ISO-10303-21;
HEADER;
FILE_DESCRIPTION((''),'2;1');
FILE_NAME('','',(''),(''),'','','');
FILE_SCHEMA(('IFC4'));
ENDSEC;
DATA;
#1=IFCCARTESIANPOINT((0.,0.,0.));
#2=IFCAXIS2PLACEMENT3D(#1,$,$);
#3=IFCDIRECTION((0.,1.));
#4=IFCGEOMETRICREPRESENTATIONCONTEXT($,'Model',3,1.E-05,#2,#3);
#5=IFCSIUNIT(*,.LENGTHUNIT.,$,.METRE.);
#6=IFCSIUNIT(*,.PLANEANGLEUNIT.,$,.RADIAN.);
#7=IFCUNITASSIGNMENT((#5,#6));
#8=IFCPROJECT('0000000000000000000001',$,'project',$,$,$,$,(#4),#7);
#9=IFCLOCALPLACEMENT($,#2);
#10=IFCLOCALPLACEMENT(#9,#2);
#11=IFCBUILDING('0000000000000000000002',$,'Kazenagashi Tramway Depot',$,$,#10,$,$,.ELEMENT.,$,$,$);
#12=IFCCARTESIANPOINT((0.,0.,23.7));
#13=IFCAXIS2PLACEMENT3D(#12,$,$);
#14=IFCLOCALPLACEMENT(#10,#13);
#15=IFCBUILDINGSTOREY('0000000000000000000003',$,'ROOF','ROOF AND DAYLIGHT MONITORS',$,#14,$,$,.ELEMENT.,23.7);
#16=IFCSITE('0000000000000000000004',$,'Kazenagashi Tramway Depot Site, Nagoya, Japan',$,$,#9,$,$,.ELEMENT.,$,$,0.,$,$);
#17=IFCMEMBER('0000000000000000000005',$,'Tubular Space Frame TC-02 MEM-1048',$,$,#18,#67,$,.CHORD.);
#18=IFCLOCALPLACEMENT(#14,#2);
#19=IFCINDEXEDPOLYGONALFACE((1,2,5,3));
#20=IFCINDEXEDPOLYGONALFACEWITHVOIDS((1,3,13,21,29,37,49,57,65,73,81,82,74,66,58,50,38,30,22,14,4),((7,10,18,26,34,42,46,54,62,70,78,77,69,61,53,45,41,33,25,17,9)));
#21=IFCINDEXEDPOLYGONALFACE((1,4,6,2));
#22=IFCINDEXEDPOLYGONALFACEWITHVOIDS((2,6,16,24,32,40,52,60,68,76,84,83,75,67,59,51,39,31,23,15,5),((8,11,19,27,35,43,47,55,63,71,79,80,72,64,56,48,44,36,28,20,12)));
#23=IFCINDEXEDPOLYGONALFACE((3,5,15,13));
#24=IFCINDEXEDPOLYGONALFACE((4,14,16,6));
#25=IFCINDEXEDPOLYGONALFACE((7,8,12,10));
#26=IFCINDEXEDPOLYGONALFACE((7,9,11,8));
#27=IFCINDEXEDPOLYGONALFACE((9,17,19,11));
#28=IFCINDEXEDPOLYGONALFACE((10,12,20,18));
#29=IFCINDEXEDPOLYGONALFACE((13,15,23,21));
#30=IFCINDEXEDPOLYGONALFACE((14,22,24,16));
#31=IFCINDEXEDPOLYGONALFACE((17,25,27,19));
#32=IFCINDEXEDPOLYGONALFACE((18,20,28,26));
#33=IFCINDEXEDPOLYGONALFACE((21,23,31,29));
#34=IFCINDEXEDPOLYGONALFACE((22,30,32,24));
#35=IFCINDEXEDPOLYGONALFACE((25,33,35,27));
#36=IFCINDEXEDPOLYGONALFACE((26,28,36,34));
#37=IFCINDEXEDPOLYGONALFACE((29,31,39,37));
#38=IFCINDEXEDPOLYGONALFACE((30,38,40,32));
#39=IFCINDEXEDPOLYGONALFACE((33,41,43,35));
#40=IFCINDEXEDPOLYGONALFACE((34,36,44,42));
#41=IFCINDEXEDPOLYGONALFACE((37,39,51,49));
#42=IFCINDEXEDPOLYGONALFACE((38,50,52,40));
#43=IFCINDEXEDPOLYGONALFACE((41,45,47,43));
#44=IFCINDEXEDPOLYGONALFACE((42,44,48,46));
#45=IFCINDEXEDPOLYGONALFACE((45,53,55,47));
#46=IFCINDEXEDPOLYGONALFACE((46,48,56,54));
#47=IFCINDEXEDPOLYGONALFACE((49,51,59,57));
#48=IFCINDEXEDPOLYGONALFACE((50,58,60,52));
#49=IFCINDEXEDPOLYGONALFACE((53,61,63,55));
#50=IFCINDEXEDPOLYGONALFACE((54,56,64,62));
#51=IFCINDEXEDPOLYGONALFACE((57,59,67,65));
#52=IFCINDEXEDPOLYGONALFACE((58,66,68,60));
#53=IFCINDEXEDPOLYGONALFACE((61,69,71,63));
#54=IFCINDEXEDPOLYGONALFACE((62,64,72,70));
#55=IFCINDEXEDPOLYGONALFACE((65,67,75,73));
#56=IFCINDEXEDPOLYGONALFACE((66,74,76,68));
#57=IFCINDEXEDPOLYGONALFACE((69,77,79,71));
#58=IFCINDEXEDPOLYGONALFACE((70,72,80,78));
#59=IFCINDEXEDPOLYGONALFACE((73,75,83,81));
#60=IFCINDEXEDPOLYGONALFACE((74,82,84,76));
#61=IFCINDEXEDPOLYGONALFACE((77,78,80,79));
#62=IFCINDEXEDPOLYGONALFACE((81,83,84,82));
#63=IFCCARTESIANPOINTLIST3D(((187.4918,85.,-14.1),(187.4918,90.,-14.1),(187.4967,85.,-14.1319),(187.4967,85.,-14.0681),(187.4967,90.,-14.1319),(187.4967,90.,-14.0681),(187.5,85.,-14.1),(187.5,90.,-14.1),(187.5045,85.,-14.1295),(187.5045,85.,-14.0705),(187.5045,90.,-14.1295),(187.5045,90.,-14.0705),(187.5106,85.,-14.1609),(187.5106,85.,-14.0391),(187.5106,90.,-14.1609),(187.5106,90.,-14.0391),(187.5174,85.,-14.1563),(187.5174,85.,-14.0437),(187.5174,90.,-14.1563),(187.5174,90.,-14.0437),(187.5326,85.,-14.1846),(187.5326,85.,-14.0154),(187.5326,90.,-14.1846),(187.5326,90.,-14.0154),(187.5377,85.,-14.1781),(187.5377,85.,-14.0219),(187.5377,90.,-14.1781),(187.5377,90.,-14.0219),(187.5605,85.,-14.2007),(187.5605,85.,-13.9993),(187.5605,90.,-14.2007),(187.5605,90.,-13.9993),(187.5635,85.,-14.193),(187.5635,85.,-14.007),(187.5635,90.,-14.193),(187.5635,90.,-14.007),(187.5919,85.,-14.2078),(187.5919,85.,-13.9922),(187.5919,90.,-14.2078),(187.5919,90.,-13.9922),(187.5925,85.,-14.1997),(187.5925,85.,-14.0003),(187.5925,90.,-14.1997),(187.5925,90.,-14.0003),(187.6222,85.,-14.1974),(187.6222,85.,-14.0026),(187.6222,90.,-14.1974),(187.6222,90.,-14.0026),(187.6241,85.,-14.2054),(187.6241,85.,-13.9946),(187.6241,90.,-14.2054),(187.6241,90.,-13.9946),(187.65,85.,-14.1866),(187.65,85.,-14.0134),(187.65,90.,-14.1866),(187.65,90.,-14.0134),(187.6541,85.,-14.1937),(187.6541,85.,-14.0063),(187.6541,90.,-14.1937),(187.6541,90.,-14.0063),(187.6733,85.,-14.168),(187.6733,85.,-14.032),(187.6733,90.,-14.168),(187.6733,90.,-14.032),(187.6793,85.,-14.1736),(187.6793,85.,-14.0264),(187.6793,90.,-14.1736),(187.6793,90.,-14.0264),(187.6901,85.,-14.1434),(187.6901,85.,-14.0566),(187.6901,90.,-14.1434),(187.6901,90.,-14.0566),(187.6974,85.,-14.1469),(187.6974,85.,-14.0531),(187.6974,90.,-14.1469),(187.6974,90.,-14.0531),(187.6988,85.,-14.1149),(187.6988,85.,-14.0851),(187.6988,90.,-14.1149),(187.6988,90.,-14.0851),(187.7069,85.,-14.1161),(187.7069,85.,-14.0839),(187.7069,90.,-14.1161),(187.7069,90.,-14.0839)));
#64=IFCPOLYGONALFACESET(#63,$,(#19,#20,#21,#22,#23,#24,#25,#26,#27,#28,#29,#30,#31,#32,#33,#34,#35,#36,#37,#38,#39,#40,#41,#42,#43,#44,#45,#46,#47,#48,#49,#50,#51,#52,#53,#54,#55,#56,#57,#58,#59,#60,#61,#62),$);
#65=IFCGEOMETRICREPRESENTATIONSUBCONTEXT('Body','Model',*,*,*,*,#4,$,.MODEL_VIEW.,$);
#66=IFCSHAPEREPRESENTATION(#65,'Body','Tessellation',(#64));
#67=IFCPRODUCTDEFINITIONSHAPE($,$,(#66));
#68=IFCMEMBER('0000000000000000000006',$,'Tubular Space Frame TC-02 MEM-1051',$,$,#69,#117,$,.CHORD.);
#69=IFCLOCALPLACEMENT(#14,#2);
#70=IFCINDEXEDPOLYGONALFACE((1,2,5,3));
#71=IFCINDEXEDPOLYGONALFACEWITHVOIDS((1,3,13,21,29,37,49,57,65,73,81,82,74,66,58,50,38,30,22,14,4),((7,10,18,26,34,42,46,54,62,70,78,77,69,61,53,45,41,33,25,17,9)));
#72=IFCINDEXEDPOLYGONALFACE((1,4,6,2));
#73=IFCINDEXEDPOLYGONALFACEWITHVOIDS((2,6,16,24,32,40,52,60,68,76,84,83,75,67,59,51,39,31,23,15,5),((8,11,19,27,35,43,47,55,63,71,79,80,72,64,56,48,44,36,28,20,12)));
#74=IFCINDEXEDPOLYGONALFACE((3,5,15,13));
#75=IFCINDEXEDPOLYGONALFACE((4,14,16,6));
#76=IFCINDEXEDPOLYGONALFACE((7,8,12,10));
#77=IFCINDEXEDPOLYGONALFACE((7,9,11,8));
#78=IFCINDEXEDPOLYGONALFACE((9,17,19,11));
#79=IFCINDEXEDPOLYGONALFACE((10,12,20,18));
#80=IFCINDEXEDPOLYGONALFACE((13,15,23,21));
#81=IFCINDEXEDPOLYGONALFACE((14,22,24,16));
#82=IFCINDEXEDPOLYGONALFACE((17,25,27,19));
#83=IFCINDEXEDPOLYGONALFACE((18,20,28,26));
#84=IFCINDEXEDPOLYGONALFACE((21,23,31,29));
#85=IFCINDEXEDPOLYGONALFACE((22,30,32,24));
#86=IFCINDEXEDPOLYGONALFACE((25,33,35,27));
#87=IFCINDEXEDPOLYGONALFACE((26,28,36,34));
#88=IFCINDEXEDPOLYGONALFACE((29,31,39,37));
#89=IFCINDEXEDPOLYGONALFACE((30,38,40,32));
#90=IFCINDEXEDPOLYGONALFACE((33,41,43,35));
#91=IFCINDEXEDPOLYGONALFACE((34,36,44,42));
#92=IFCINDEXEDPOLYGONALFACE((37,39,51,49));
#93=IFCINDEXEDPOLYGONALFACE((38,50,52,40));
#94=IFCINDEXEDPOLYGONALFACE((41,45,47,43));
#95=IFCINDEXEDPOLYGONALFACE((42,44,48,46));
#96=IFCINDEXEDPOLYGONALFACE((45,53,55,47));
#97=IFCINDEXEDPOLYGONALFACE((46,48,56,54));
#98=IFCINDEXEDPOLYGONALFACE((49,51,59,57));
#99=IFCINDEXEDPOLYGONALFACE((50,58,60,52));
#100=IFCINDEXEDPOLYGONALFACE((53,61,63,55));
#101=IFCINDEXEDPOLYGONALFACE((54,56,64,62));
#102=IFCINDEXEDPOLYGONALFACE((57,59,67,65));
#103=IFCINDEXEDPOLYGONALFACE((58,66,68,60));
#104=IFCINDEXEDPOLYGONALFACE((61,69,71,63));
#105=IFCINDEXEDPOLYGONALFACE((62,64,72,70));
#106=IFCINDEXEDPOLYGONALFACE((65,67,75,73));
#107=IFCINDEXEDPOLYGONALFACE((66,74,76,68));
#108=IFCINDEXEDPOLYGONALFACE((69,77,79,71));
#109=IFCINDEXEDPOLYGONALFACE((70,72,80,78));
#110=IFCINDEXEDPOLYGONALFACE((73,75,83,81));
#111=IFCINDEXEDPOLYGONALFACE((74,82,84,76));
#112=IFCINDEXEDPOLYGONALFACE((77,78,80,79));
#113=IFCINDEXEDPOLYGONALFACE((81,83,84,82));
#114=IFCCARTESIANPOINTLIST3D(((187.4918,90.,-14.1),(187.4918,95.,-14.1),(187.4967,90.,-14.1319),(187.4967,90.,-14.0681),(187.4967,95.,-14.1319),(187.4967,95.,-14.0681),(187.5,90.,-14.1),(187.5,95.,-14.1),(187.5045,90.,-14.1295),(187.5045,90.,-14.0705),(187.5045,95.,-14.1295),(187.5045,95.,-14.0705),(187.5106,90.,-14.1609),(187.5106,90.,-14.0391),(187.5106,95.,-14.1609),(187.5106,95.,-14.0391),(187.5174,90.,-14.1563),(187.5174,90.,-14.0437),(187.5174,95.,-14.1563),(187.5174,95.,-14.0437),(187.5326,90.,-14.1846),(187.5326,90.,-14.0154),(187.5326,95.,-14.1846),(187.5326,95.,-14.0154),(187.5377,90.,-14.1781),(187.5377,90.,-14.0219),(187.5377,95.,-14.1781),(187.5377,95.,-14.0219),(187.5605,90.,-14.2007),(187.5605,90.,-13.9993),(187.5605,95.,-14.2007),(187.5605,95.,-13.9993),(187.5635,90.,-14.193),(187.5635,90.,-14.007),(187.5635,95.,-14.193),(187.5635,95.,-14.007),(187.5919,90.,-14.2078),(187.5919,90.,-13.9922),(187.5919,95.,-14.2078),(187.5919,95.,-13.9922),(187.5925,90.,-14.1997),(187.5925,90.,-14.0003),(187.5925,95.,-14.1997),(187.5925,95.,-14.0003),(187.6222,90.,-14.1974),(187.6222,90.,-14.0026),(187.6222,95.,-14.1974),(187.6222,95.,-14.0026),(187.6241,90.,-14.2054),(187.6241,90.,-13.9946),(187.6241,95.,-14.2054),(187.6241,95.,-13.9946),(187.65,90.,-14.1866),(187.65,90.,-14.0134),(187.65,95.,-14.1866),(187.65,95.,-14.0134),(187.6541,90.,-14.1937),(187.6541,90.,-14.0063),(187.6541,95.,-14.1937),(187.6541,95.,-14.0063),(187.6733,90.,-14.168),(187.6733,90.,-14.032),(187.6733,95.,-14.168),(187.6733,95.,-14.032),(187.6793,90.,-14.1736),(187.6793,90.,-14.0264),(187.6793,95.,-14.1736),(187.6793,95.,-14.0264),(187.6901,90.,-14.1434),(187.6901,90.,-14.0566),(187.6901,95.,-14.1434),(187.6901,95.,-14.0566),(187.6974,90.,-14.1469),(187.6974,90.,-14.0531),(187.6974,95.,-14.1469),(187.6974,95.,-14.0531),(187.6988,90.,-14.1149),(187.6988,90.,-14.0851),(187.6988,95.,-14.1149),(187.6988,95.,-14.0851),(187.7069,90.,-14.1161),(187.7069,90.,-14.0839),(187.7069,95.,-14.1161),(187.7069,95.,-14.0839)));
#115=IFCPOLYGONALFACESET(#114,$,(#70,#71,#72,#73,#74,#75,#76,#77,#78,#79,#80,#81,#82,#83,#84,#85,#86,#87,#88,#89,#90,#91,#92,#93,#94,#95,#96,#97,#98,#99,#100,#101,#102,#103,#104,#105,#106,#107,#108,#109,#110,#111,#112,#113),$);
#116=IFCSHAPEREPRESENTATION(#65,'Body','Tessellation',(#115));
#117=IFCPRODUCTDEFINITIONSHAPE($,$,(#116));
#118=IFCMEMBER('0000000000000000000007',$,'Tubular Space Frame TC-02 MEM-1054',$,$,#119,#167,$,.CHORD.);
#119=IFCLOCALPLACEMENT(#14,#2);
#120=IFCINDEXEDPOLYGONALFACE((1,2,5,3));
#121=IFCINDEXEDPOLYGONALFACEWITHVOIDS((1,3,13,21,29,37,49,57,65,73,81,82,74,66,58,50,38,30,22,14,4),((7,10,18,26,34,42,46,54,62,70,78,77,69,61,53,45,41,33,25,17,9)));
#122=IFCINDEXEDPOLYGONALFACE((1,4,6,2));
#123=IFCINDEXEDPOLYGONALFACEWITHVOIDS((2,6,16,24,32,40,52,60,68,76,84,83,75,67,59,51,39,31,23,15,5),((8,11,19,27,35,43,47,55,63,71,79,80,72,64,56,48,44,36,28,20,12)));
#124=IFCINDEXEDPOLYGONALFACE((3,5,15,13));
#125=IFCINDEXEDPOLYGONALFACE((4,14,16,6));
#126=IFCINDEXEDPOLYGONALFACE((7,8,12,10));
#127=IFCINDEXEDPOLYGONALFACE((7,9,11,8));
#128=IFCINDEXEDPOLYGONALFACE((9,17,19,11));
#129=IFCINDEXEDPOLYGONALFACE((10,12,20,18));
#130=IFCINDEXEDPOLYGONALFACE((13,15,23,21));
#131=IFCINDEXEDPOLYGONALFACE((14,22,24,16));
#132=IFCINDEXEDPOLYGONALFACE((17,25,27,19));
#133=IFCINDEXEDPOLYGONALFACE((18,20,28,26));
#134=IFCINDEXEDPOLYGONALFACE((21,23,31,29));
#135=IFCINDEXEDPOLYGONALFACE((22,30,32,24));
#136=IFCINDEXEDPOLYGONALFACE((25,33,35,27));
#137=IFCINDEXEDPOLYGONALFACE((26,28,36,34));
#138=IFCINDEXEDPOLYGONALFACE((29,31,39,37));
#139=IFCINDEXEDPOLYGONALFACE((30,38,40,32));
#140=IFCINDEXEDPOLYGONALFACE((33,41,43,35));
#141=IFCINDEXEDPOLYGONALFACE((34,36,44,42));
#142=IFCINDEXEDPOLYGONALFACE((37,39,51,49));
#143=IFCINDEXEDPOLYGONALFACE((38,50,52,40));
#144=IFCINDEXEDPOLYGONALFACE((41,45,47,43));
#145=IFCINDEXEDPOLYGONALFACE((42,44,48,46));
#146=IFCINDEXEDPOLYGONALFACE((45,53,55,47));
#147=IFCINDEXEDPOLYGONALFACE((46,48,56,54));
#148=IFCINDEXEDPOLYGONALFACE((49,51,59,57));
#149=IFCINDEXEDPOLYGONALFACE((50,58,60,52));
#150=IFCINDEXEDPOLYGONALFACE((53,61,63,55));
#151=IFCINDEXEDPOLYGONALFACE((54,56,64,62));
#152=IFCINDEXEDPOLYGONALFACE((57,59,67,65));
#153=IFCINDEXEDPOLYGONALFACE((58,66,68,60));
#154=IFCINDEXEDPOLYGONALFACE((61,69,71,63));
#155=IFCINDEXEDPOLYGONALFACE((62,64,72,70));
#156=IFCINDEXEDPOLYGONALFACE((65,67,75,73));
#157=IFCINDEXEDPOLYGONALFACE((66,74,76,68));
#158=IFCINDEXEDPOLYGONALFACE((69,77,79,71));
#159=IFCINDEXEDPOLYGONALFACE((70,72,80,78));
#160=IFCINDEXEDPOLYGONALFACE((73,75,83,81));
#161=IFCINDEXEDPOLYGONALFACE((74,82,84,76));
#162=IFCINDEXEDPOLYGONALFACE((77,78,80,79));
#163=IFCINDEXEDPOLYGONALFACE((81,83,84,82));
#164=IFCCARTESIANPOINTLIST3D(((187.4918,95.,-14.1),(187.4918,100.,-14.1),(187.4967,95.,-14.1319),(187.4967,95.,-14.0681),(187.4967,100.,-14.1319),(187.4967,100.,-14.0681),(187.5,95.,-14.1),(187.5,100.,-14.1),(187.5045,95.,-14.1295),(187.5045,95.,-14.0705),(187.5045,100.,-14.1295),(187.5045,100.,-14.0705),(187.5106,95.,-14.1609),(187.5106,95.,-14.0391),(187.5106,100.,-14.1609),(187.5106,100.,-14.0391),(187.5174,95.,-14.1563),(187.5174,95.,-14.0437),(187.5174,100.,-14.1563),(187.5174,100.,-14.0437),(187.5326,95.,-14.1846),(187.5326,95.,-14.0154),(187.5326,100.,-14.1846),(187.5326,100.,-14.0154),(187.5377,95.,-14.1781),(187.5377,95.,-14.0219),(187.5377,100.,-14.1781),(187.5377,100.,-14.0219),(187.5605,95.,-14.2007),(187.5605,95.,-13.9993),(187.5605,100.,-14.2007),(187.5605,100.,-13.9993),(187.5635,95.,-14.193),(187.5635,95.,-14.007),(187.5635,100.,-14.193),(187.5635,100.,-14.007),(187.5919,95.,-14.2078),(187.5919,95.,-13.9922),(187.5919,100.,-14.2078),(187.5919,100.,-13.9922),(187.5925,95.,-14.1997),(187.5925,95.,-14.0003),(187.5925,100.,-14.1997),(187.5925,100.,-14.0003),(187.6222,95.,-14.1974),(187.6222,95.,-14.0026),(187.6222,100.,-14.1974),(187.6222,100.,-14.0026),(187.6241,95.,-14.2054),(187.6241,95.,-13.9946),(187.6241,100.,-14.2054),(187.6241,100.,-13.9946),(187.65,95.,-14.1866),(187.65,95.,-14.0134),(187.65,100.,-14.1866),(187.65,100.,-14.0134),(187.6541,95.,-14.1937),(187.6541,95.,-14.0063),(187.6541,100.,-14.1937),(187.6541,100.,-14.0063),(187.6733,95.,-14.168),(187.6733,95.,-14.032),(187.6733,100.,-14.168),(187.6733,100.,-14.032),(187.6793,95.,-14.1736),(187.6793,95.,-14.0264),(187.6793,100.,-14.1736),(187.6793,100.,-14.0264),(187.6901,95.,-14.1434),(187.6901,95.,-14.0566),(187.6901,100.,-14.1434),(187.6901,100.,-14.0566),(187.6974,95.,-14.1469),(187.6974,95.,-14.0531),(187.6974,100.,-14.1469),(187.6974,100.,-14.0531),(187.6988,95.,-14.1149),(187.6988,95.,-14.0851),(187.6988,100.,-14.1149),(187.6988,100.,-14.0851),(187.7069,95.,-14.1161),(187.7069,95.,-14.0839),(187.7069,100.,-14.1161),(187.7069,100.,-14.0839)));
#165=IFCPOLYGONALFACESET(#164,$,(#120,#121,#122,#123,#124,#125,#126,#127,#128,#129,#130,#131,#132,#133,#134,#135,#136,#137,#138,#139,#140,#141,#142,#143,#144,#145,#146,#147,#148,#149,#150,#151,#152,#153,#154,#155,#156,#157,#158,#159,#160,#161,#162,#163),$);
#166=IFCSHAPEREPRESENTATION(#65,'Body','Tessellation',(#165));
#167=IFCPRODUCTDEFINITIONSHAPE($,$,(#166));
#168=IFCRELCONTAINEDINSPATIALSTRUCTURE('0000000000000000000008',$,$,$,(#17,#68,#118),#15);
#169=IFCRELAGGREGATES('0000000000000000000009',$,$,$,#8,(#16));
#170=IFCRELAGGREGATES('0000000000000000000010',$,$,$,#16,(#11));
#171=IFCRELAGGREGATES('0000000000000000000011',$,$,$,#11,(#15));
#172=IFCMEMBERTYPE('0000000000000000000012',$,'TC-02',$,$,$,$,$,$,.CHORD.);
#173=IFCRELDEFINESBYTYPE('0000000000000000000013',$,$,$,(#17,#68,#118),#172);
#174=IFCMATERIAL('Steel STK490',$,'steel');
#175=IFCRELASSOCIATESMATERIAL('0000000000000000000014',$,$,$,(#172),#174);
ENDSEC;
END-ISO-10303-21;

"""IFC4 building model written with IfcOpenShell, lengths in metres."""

from ifc_helpers import new_model, si_unit, direction, frame, origin, origin_2d, place, context, subcontext, project, spatial, hollow_circle, extrude, material, material_profile, profile_set, type_object, element, save


model = new_model("IFC4")

# Units and contexts
model_context = context("Model", 3, precision=1e-05, world=origin(), true_north=direction((0.0, 1.0)))
body_context = subcontext(model_context, "Body", "Model", "MODEL_VIEW")
ifc_project = project(units=[si_unit("LENGTHUNIT", "METRE"), si_unit("PLANEANGLEUNIT", "RADIAN")], contexts=[model_context])

# Site, building, storey
site_placement = place(None, origin())
site = spatial("IfcSite", under=ifc_project, at=site_placement, Name="Kazenagashi Tramway Depot Site, Nagoya, Japan", CompositionType="ELEMENT", RefElevation=0.0)
building_placement = place(site_placement, origin())
building = spatial("IfcBuilding", under=site, at=building_placement, Name="Kazenagashi Tramway Depot", CompositionType="ELEMENT")
storey_placement = place(building_placement, frame((0.0, 0.0, 23.7)))
storey = spatial("IfcBuildingStorey", under=building, at=storey_placement, Name="ROOF", Description="ROOF AND DAYLIGHT MONITORS", CompositionType="ELEMENT", Elevation=23.7)

# Members
ifc_material_1 = material(Name="Steel STK490", Category="steel")
ifc_material_profile_1 = material_profile(ifc_material_1, hollow_circle(Radius=0.1081, WallThickness=0.0082, at=origin_2d()), Name="CHS-216.3x8.2")
ifc_profile_set_1 = profile_set([ifc_material_profile_1], Name="Steel STK490")
member_type_1 = type_object("IfcMemberType", Name="TC-02", PredefinedType="CHORD", material=ifc_profile_set_1)
for number, where, z_axis, x_axis, name in (
    (1, (187.6, 85.0, -14.1), (0.0, 1.0, 0.0), (-1.0, 0.0, 0.0), "Tubular Space Frame TC-02 MEM-1048"),
    (2, (187.6, 90.0, -14.1), (0.0, 1.0, 0.0), (-1.0, 0.0, 0.0), "Tubular Space Frame TC-02 MEM-1051"),
    (3, (187.6, 95.0, -14.1), (0.0, 1.0, 0.0), (-1.0, 0.0, 0.0), "Tubular Space Frame TC-02 MEM-1054"),
):
    element("IfcMember", number, at=place(storey_placement, frame(where, z_axis=z_axis, x_axis=x_axis)), inside=storey, type_object=member_type_1, Name=name, PredefinedType="CHORD", context=body_context, shape_type="SweptSolid", body=[
        extrude(hollow_circle(Radius=0.1081, WallThickness=0.0082, at=origin_2d()), origin(), (0.0, 0.0, 1.0), 5.0),
    ])

save(model, "model.ifc")
